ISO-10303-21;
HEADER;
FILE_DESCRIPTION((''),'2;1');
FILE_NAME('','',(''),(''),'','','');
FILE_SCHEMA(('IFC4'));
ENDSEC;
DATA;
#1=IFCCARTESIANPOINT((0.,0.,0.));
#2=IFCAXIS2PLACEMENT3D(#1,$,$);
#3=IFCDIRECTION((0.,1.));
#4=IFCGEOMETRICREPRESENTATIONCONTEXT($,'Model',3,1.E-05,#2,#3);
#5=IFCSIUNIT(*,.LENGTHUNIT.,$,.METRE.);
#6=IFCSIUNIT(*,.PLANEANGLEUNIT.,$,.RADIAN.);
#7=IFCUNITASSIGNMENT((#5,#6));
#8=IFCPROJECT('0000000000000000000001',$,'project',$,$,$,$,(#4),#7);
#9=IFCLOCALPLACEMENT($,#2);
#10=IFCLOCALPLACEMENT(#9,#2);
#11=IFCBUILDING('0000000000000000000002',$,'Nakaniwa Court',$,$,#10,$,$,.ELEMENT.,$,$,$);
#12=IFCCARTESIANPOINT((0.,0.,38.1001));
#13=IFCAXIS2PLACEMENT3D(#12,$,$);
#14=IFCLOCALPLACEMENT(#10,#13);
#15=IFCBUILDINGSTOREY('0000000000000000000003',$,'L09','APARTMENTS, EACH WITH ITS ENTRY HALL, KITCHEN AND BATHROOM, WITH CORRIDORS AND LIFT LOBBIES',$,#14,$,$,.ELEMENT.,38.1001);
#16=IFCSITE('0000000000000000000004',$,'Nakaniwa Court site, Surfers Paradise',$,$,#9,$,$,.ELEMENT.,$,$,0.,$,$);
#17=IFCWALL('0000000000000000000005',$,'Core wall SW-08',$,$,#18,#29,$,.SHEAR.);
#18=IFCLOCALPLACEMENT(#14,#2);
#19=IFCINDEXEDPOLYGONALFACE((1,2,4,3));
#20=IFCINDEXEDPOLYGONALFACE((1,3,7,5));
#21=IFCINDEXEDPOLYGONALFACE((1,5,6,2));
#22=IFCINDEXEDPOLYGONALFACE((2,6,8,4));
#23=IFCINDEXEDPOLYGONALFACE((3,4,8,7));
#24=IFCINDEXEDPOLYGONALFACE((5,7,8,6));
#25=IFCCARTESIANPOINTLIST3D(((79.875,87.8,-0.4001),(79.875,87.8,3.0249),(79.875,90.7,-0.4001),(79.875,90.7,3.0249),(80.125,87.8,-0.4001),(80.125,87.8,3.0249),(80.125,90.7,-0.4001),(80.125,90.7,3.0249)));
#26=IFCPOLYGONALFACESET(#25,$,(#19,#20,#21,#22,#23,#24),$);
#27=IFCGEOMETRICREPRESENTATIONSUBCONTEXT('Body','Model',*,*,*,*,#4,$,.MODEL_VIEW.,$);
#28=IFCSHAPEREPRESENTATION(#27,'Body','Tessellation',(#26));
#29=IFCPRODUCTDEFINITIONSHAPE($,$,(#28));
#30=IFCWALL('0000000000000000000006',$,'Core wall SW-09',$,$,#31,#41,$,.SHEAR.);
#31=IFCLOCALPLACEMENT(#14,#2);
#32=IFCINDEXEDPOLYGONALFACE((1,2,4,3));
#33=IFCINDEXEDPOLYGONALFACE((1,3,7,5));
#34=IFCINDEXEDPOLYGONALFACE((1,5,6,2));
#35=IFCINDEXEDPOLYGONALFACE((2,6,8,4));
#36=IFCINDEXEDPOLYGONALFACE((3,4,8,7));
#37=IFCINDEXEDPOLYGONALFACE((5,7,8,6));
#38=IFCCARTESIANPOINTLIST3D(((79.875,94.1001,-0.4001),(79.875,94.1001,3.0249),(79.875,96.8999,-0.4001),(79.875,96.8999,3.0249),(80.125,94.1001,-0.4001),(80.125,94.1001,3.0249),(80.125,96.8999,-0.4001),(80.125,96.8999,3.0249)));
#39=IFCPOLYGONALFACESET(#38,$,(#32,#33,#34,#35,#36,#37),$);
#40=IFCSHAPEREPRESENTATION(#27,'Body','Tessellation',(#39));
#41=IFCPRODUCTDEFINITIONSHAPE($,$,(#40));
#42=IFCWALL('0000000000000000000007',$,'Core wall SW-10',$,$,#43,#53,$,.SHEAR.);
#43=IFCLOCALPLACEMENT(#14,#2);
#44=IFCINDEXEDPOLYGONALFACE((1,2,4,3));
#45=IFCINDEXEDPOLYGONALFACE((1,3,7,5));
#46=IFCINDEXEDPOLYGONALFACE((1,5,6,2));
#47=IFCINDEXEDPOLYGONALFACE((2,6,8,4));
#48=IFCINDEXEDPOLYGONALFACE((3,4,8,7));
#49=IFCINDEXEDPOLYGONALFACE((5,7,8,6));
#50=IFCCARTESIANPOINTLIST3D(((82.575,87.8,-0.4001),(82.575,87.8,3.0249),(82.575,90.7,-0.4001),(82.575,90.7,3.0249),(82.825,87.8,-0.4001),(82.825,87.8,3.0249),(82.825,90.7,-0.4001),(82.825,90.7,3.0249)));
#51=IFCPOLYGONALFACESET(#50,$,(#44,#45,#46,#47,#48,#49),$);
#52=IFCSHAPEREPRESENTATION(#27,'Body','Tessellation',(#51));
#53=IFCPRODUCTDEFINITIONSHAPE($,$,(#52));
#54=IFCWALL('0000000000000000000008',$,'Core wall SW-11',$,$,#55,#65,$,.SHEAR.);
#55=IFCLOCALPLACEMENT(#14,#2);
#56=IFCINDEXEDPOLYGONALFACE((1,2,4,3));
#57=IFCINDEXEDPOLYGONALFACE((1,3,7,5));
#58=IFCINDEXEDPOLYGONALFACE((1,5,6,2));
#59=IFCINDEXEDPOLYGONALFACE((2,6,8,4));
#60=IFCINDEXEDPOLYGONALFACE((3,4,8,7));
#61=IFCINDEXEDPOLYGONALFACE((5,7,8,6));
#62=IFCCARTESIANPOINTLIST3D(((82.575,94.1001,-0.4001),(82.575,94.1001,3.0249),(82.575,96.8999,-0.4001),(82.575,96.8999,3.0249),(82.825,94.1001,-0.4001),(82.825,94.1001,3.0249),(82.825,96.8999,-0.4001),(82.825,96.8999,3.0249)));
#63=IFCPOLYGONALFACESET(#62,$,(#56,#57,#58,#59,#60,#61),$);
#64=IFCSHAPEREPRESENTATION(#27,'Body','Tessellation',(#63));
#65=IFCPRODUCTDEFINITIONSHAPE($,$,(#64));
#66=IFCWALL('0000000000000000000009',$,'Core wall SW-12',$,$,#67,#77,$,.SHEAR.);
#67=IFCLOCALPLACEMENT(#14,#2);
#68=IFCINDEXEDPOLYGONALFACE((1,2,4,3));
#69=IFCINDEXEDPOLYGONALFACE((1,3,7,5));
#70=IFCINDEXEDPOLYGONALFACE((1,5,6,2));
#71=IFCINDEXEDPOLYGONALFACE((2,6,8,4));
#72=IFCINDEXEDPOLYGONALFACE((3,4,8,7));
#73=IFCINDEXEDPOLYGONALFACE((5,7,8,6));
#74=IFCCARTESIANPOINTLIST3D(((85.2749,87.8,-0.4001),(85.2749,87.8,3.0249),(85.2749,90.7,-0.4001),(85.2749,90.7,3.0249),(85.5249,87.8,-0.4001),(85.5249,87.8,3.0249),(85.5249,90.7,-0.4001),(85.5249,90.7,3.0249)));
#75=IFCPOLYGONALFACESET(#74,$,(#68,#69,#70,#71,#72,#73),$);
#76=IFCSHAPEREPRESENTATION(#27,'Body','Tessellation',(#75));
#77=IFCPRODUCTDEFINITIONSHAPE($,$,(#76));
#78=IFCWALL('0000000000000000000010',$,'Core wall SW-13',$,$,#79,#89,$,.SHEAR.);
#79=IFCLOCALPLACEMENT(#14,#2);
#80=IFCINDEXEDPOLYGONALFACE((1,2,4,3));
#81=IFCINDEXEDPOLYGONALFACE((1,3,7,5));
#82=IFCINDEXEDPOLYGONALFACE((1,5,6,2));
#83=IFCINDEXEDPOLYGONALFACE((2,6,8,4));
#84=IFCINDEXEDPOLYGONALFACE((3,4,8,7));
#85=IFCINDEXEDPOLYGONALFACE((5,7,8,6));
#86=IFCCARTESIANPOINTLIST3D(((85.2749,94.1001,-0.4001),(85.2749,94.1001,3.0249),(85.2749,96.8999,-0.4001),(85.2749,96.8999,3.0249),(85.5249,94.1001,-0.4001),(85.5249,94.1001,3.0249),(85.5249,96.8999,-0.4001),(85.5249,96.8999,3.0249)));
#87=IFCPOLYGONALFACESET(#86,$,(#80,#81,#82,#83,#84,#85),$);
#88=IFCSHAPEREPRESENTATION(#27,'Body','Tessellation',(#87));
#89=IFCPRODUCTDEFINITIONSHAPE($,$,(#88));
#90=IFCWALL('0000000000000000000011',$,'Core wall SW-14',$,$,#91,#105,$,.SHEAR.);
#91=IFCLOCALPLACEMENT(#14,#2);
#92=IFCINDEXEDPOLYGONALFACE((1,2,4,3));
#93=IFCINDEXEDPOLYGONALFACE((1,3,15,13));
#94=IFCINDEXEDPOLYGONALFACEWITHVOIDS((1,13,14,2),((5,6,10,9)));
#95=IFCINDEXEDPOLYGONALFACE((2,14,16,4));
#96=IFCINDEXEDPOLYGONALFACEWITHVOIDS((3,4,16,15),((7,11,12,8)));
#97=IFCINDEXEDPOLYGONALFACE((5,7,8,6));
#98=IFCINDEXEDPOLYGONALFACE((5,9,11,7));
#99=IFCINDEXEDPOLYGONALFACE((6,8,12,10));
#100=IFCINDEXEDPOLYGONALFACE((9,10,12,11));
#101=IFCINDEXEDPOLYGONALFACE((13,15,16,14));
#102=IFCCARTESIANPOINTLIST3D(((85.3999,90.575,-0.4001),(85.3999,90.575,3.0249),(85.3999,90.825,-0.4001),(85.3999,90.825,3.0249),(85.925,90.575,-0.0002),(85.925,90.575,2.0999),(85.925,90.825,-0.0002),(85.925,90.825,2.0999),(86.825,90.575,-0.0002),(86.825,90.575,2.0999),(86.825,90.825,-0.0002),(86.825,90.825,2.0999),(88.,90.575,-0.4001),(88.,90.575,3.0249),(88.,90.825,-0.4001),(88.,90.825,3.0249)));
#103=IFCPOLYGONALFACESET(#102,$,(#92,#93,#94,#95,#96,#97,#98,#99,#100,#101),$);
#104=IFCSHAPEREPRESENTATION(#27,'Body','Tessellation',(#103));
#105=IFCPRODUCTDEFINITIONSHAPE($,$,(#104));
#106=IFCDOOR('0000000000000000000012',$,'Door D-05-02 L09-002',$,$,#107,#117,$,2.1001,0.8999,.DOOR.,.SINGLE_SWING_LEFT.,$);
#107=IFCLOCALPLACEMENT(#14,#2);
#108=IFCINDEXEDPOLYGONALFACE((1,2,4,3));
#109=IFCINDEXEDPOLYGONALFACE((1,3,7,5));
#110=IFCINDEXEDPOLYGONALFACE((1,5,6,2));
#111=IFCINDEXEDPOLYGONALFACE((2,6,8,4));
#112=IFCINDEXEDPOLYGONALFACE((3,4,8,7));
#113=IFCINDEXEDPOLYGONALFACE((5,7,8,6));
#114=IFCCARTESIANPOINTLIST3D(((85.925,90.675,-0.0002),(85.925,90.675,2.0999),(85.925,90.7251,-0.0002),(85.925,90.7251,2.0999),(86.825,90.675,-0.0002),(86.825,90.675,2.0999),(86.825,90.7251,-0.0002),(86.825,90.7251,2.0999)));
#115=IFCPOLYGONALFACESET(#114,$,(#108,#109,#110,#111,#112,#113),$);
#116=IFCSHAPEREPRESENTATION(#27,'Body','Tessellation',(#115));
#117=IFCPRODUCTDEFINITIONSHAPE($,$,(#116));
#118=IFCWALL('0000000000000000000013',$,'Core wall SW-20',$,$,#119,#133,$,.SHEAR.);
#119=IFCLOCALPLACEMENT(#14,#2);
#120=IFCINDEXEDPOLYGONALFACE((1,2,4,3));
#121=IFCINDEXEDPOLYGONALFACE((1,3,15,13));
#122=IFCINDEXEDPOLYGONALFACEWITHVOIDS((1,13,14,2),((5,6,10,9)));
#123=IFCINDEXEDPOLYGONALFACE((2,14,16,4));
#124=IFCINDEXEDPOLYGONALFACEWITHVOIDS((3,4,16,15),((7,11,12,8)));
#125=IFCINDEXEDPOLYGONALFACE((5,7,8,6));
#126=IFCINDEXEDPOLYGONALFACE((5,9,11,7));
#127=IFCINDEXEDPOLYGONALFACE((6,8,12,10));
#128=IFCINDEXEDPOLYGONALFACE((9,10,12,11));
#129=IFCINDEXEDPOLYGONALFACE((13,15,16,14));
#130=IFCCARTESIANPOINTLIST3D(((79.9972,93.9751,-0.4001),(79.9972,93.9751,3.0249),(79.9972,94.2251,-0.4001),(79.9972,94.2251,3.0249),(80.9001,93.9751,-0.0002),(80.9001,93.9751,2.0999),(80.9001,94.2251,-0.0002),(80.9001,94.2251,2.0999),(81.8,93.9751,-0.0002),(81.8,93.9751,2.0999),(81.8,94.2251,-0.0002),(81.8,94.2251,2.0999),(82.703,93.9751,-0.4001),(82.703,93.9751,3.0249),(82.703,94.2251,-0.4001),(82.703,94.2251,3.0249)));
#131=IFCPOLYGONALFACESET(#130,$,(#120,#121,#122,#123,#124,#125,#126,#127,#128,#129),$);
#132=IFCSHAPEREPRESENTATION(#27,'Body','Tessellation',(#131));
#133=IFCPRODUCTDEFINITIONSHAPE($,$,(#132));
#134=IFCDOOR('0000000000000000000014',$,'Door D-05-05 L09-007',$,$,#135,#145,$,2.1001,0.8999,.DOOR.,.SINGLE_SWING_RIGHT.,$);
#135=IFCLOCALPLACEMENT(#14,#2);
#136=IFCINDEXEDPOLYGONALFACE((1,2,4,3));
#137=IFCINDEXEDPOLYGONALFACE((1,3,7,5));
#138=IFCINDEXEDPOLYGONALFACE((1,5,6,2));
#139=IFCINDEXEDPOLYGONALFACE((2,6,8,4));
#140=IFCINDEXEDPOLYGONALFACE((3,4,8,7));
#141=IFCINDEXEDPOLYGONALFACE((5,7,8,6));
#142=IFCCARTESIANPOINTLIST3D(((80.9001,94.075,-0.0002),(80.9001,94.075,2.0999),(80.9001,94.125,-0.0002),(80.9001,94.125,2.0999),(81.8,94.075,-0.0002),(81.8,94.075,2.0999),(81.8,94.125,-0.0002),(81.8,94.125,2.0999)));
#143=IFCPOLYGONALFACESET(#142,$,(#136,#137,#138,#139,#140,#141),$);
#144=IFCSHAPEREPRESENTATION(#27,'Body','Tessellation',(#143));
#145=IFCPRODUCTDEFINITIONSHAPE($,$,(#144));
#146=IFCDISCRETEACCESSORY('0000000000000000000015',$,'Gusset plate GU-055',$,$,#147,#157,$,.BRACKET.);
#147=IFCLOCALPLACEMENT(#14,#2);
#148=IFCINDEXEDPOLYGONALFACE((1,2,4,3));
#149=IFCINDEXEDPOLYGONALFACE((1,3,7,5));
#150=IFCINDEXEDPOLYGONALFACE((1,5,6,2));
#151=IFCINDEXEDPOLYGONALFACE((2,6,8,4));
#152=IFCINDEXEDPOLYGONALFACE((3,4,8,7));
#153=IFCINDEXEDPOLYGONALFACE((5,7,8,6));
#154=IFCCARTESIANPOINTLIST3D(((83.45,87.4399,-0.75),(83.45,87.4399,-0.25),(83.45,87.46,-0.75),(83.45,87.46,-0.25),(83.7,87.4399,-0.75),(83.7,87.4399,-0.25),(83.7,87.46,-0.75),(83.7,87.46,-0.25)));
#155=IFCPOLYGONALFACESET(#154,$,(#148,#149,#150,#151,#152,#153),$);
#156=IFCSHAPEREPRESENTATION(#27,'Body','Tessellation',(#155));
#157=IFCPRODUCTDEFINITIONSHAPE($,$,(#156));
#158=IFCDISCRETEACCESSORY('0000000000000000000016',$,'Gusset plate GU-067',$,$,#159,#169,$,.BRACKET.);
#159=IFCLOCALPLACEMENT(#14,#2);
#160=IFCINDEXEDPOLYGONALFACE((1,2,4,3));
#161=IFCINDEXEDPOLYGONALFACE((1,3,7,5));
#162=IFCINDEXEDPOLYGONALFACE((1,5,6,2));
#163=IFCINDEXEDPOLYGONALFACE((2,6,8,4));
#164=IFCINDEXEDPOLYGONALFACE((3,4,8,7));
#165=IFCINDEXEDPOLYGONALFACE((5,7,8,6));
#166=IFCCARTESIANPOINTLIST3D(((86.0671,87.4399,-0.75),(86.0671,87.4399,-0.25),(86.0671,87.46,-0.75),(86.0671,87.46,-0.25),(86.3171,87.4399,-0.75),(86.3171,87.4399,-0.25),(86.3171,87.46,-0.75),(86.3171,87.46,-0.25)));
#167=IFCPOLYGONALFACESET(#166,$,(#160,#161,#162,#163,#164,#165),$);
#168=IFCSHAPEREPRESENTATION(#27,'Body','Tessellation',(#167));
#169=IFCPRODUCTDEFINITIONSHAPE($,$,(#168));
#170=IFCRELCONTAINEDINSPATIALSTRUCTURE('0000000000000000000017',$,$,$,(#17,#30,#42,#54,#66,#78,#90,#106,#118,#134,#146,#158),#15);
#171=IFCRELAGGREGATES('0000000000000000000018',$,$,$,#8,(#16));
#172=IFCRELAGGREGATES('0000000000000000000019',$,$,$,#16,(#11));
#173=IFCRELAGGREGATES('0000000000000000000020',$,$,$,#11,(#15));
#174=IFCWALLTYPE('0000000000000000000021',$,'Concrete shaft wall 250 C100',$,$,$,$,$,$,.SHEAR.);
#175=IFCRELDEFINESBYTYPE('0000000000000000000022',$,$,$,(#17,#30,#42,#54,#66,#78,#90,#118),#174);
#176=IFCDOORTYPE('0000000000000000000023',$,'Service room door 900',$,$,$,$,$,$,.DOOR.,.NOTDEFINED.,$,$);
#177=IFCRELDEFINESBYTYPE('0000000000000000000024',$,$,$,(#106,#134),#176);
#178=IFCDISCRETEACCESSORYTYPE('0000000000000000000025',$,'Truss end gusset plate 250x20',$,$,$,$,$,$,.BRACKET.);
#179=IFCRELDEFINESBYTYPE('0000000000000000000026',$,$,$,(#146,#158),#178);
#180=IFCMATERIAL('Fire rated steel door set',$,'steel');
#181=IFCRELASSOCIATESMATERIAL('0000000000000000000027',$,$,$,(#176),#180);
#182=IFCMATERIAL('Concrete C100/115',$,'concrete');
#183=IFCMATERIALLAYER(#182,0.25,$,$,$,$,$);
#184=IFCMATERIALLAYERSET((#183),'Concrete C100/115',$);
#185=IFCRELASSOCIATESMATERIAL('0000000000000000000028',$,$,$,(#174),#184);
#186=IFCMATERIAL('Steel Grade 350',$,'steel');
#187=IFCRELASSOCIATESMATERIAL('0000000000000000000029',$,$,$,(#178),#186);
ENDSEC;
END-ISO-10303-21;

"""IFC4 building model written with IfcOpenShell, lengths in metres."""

from ifc_helpers import new_model, si_unit, direction, frame, frame_2d, origin, origin_2d, place, context, subcontext, project, spatial, rectangle, extrude, material, layer, layer_set, material_profile, profile_set, type_object, element, fill, save


model = new_model("IFC4")

# Units and contexts
model_context = context("Model", 3, precision=1e-05, world=origin(), true_north=direction((0.0, 1.0)))
body_context = subcontext(model_context, "Body", "Model", "MODEL_VIEW")
ifc_project = project(units=[si_unit("LENGTHUNIT", "METRE"), si_unit("PLANEANGLEUNIT", "RADIAN")], contexts=[model_context])

# Site, building, storey
site_placement = place(None, origin())
site = spatial("IfcSite", under=ifc_project, at=site_placement, Name="Nakaniwa Court site, Surfers Paradise", CompositionType="ELEMENT", RefElevation=0.0)
building_placement = place(site_placement, origin())
building = spatial("IfcBuilding", under=site, at=building_placement, Name="Nakaniwa Court", CompositionType="ELEMENT")
storey_placement = place(building_placement, frame((0.0, 0.0, 38.1001)))
storey = spatial("IfcBuildingStorey", under=building, at=storey_placement, Name="L09", Description="APARTMENTS, EACH WITH ITS ENTRY HALL, KITCHEN AND BATHROOM, WITH CORRIDORS AND LIFT LOBBIES", CompositionType="ELEMENT", Elevation=38.1001)

# Shared definitions
ifc_material_1 = material(Name="Steel Grade 350", Category="steel")

# Shared definitions
ifc_material_2 = material(Name="Fire rated steel door set", Category="steel")
door_type = type_object("IfcDoorType", Name="Service room door 900", OperationType="NOTDEFINED", PredefinedType="DOOR", material=ifc_material_2)

# Walls
ifc_material_3 = material(Name="Concrete C100/115", Category="concrete")
ifc_layer_1 = layer(ifc_material_3, 0.25)
ifc_layer_set_1 = layer_set([ifc_layer_1], Name="Concrete C100/115")
wall_type_1 = type_object("IfcWallType", Name="Concrete shaft wall 250 C100", PredefinedType="SHEAR", material=ifc_layer_set_1)
wall_1_placement = place(storey_placement, frame((80.0, 87.8, -0.4001), z_axis=(0.0, 0.0, 1.0), x_axis=(0.0, 1.0, 0.0)))
element("IfcWall", 1, at=wall_1_placement, inside=storey, type_object=wall_type_1, Name="Core wall SW-08", PredefinedType="SHEAR", context=body_context, shape_type="SweptSolid", body=[
    extrude(rectangle(XDim=2.8999, YDim=0.25, at=frame_2d((1.45, 0.0))), origin(), (0.0, 0.0, 1.0), 3.425),
])
wall_2_placement = place(storey_placement, frame((80.0, 94.1001, -0.4001), z_axis=(0.0, 0.0, 1.0), x_axis=(0.0, 1.0, 0.0)))
element("IfcWall", 2, at=wall_2_placement, inside=storey, type_object=wall_type_1, Name="Core wall SW-09", PredefinedType="SHEAR", context=body_context, shape_type="SweptSolid", body=[
    extrude(rectangle(XDim=2.7998, YDim=0.25, at=frame_2d((1.3999, 0.0))), origin(), (0.0, 0.0, 1.0), 3.425),
])
wall_3_placement = place(storey_placement, frame((82.7, 87.8, -0.4001), z_axis=(0.0, 0.0, 1.0), x_axis=(0.0, 1.0, 0.0)))
element("IfcWall", 3, at=wall_3_placement, inside=storey, type_object=wall_type_1, Name="Core wall SW-10", PredefinedType="SHEAR", context=body_context, shape_type="SweptSolid", body=[
    extrude(rectangle(XDim=2.8999, YDim=0.25, at=frame_2d((1.45, 0.0))), origin(), (0.0, 0.0, 1.0), 3.425),
])
wall_4_placement = place(storey_placement, frame((82.7, 94.1001, -0.4001), z_axis=(0.0, 0.0, 1.0), x_axis=(0.0, 1.0, 0.0)))
element("IfcWall", 4, at=wall_4_placement, inside=storey, type_object=wall_type_1, Name="Core wall SW-11", PredefinedType="SHEAR", context=body_context, shape_type="SweptSolid", body=[
    extrude(rectangle(XDim=2.7998, YDim=0.25, at=frame_2d((1.3999, 0.0))), origin(), (0.0, 0.0, 1.0), 3.425),
])
wall_5_placement = place(storey_placement, frame((85.3999, 87.8, -0.4001), z_axis=(0.0, 0.0, 1.0), x_axis=(0.0, 1.0, 0.0)))
element("IfcWall", 5, at=wall_5_placement, inside=storey, type_object=wall_type_1, Name="Core wall SW-12", PredefinedType="SHEAR", context=body_context, shape_type="SweptSolid", body=[
    extrude(rectangle(XDim=2.8999, YDim=0.25, at=frame_2d((1.45, 0.0))), origin(), (0.0, 0.0, 1.0), 3.425),
])
wall_6_placement = place(storey_placement, frame((85.3999, 94.1001, -0.4001), z_axis=(0.0, 0.0, 1.0), x_axis=(0.0, 1.0, 0.0)))
element("IfcWall", 6, at=wall_6_placement, inside=storey, type_object=wall_type_1, Name="Core wall SW-13", PredefinedType="SHEAR", context=body_context, shape_type="SweptSolid", body=[
    extrude(rectangle(XDim=2.7998, YDim=0.25, at=frame_2d((1.3999, 0.0))), origin(), (0.0, 0.0, 1.0), 3.425),
])

# Walls, openings, doors
wall_7_placement = place(storey_placement, frame((88.0, 90.7, -0.4001), z_axis=(0.0, 0.0, 1.0), x_axis=(-1.0, 0.0, 0.0)))
wall_7 = element("IfcWall", 7, at=wall_7_placement, inside=storey, type_object=wall_type_1, Name="Core wall SW-14", PredefinedType="SHEAR", context=body_context, shape_type="SweptSolid", body=[
    extrude(rectangle(XDim=2.6001, YDim=0.25, at=frame_2d((1.3, 0.0))), origin(), (0.0, 0.0, 1.0), 3.425),
])
opening_1_placement = place(wall_7_placement, frame((1.175, 0.0, 0.3999)))
opening_1 = element("IfcOpeningElement", 8, at=opening_1_placement, cuts=wall_7, PredefinedType="OPENING", context=body_context, shape_type="SweptSolid", body=[
    extrude(rectangle(XDim=0.8999, YDim=2.1001, at=frame_2d((0.45, 1.05))), frame((0.0, 0.135, 0.0), z_axis=(0.0, -1.0, 0.0), x_axis=(1.0, 0.0, 0.0)), (0.0, 0.0, 1.0), 0.27),
])
door_1_placement = place(opening_1_placement, origin())
door_1 = element("IfcDoor", 9, at=door_1_placement, inside=storey, type_object=door_type, Name="Door D-05-02 L09-002", OperationType="SINGLE_SWING_LEFT", OverallHeight=2.1001, OverallWidth=0.8999, PredefinedType="DOOR", context=body_context, shape_type="SweptSolid", body=[
    extrude(rectangle(XDim=0.8999, YDim=2.1001, at=frame_2d((0.45, 1.05))), frame((0.0, 0.0249, 0.0), z_axis=(0.0, -1.0, 0.0), x_axis=(1.0, 0.0, 0.0)), (0.0, 0.0, 1.0), 0.05),
])
fill(opening_1, door_1)
wall_8_placement = place(storey_placement, frame((79.9971, 94.1001, -0.4001), z_axis=(0.0, 0.0, 1.0), x_axis=(1.0, 0.0, 0.0)))
wall_8 = element("IfcWall", 10, at=wall_8_placement, inside=storey, type_object=wall_type_1, Name="Core wall SW-20", PredefinedType="SHEAR", context=body_context, shape_type="SweptSolid", body=[
    extrude(rectangle(XDim=2.7058, YDim=0.25, at=frame_2d((1.353, 0.0))), origin(), (0.0, 0.0, 1.0), 3.425),
])
opening_2_placement = place(wall_8_placement, frame((0.9031, 0.0, 0.3999)))
opening_2 = element("IfcOpeningElement", 11, at=opening_2_placement, cuts=wall_8, PredefinedType="OPENING", context=body_context, shape_type="SweptSolid", body=[
    extrude(rectangle(XDim=0.8999, YDim=2.1001, at=frame_2d((0.45, 1.05))), frame((0.0, 0.135, 0.0), z_axis=(0.0, -1.0, 0.0), x_axis=(1.0, 0.0, 0.0)), (0.0, 0.0, 1.0), 0.27),
])
door_2_placement = place(opening_2_placement, origin())
door_2 = element("IfcDoor", 12, at=door_2_placement, inside=storey, type_object=door_type, Name="Door D-05-05 L09-007", OperationType="SINGLE_SWING_RIGHT", OverallHeight=2.1001, OverallWidth=0.8999, PredefinedType="DOOR", context=body_context, shape_type="SweptSolid", body=[
    extrude(rectangle(XDim=0.8999, YDim=2.1001, at=frame_2d((0.45, 1.05))), frame((0.0, 0.0249, 0.0), z_axis=(0.0, -1.0, 0.0), x_axis=(1.0, 0.0, 0.0)), (0.0, 0.0, 1.0), 0.05),
])
fill(opening_2, door_2)

# Discrete accessories
ifc_material_profile_1 = material_profile(ifc_material_1, rectangle(XDim=0.25, YDim=0.02, at=origin_2d()), Name="Truss end gusset plate 250x20")
ifc_profile_set_1 = profile_set([ifc_material_profile_1], Name="Steel Grade 350")
discrete_accessory_type = type_object("IfcDiscreteAccessoryType", Name="Truss end gusset plate 250x20", PredefinedType="BRACKET", material=ifc_profile_set_1)
for number, where, z_axis, x_axis, name in (
    (13, (83.575, 87.45, -0.25), (0.0, 0.0, -1.0), (1.0, 0.0, 0.0), "Gusset plate GU-055"),
    (14, (86.1921, 87.45, -0.25), (0.0, 0.0, -1.0), (1.0, 0.0, 0.0), "Gusset plate GU-067"),
):
    element("IfcDiscreteAccessory", number, at=place(storey_placement, frame(where, z_axis=z_axis, x_axis=x_axis)), inside=storey, type_object=discrete_accessory_type, Name=name, PredefinedType="BRACKET", context=body_context, shape_type="SweptSolid", body=[
        extrude(rectangle(XDim=0.25, YDim=0.02, at=origin_2d()), origin(), (0.0, 0.0, 1.0), 0.5),
    ])

save(model, "model.ifc")
